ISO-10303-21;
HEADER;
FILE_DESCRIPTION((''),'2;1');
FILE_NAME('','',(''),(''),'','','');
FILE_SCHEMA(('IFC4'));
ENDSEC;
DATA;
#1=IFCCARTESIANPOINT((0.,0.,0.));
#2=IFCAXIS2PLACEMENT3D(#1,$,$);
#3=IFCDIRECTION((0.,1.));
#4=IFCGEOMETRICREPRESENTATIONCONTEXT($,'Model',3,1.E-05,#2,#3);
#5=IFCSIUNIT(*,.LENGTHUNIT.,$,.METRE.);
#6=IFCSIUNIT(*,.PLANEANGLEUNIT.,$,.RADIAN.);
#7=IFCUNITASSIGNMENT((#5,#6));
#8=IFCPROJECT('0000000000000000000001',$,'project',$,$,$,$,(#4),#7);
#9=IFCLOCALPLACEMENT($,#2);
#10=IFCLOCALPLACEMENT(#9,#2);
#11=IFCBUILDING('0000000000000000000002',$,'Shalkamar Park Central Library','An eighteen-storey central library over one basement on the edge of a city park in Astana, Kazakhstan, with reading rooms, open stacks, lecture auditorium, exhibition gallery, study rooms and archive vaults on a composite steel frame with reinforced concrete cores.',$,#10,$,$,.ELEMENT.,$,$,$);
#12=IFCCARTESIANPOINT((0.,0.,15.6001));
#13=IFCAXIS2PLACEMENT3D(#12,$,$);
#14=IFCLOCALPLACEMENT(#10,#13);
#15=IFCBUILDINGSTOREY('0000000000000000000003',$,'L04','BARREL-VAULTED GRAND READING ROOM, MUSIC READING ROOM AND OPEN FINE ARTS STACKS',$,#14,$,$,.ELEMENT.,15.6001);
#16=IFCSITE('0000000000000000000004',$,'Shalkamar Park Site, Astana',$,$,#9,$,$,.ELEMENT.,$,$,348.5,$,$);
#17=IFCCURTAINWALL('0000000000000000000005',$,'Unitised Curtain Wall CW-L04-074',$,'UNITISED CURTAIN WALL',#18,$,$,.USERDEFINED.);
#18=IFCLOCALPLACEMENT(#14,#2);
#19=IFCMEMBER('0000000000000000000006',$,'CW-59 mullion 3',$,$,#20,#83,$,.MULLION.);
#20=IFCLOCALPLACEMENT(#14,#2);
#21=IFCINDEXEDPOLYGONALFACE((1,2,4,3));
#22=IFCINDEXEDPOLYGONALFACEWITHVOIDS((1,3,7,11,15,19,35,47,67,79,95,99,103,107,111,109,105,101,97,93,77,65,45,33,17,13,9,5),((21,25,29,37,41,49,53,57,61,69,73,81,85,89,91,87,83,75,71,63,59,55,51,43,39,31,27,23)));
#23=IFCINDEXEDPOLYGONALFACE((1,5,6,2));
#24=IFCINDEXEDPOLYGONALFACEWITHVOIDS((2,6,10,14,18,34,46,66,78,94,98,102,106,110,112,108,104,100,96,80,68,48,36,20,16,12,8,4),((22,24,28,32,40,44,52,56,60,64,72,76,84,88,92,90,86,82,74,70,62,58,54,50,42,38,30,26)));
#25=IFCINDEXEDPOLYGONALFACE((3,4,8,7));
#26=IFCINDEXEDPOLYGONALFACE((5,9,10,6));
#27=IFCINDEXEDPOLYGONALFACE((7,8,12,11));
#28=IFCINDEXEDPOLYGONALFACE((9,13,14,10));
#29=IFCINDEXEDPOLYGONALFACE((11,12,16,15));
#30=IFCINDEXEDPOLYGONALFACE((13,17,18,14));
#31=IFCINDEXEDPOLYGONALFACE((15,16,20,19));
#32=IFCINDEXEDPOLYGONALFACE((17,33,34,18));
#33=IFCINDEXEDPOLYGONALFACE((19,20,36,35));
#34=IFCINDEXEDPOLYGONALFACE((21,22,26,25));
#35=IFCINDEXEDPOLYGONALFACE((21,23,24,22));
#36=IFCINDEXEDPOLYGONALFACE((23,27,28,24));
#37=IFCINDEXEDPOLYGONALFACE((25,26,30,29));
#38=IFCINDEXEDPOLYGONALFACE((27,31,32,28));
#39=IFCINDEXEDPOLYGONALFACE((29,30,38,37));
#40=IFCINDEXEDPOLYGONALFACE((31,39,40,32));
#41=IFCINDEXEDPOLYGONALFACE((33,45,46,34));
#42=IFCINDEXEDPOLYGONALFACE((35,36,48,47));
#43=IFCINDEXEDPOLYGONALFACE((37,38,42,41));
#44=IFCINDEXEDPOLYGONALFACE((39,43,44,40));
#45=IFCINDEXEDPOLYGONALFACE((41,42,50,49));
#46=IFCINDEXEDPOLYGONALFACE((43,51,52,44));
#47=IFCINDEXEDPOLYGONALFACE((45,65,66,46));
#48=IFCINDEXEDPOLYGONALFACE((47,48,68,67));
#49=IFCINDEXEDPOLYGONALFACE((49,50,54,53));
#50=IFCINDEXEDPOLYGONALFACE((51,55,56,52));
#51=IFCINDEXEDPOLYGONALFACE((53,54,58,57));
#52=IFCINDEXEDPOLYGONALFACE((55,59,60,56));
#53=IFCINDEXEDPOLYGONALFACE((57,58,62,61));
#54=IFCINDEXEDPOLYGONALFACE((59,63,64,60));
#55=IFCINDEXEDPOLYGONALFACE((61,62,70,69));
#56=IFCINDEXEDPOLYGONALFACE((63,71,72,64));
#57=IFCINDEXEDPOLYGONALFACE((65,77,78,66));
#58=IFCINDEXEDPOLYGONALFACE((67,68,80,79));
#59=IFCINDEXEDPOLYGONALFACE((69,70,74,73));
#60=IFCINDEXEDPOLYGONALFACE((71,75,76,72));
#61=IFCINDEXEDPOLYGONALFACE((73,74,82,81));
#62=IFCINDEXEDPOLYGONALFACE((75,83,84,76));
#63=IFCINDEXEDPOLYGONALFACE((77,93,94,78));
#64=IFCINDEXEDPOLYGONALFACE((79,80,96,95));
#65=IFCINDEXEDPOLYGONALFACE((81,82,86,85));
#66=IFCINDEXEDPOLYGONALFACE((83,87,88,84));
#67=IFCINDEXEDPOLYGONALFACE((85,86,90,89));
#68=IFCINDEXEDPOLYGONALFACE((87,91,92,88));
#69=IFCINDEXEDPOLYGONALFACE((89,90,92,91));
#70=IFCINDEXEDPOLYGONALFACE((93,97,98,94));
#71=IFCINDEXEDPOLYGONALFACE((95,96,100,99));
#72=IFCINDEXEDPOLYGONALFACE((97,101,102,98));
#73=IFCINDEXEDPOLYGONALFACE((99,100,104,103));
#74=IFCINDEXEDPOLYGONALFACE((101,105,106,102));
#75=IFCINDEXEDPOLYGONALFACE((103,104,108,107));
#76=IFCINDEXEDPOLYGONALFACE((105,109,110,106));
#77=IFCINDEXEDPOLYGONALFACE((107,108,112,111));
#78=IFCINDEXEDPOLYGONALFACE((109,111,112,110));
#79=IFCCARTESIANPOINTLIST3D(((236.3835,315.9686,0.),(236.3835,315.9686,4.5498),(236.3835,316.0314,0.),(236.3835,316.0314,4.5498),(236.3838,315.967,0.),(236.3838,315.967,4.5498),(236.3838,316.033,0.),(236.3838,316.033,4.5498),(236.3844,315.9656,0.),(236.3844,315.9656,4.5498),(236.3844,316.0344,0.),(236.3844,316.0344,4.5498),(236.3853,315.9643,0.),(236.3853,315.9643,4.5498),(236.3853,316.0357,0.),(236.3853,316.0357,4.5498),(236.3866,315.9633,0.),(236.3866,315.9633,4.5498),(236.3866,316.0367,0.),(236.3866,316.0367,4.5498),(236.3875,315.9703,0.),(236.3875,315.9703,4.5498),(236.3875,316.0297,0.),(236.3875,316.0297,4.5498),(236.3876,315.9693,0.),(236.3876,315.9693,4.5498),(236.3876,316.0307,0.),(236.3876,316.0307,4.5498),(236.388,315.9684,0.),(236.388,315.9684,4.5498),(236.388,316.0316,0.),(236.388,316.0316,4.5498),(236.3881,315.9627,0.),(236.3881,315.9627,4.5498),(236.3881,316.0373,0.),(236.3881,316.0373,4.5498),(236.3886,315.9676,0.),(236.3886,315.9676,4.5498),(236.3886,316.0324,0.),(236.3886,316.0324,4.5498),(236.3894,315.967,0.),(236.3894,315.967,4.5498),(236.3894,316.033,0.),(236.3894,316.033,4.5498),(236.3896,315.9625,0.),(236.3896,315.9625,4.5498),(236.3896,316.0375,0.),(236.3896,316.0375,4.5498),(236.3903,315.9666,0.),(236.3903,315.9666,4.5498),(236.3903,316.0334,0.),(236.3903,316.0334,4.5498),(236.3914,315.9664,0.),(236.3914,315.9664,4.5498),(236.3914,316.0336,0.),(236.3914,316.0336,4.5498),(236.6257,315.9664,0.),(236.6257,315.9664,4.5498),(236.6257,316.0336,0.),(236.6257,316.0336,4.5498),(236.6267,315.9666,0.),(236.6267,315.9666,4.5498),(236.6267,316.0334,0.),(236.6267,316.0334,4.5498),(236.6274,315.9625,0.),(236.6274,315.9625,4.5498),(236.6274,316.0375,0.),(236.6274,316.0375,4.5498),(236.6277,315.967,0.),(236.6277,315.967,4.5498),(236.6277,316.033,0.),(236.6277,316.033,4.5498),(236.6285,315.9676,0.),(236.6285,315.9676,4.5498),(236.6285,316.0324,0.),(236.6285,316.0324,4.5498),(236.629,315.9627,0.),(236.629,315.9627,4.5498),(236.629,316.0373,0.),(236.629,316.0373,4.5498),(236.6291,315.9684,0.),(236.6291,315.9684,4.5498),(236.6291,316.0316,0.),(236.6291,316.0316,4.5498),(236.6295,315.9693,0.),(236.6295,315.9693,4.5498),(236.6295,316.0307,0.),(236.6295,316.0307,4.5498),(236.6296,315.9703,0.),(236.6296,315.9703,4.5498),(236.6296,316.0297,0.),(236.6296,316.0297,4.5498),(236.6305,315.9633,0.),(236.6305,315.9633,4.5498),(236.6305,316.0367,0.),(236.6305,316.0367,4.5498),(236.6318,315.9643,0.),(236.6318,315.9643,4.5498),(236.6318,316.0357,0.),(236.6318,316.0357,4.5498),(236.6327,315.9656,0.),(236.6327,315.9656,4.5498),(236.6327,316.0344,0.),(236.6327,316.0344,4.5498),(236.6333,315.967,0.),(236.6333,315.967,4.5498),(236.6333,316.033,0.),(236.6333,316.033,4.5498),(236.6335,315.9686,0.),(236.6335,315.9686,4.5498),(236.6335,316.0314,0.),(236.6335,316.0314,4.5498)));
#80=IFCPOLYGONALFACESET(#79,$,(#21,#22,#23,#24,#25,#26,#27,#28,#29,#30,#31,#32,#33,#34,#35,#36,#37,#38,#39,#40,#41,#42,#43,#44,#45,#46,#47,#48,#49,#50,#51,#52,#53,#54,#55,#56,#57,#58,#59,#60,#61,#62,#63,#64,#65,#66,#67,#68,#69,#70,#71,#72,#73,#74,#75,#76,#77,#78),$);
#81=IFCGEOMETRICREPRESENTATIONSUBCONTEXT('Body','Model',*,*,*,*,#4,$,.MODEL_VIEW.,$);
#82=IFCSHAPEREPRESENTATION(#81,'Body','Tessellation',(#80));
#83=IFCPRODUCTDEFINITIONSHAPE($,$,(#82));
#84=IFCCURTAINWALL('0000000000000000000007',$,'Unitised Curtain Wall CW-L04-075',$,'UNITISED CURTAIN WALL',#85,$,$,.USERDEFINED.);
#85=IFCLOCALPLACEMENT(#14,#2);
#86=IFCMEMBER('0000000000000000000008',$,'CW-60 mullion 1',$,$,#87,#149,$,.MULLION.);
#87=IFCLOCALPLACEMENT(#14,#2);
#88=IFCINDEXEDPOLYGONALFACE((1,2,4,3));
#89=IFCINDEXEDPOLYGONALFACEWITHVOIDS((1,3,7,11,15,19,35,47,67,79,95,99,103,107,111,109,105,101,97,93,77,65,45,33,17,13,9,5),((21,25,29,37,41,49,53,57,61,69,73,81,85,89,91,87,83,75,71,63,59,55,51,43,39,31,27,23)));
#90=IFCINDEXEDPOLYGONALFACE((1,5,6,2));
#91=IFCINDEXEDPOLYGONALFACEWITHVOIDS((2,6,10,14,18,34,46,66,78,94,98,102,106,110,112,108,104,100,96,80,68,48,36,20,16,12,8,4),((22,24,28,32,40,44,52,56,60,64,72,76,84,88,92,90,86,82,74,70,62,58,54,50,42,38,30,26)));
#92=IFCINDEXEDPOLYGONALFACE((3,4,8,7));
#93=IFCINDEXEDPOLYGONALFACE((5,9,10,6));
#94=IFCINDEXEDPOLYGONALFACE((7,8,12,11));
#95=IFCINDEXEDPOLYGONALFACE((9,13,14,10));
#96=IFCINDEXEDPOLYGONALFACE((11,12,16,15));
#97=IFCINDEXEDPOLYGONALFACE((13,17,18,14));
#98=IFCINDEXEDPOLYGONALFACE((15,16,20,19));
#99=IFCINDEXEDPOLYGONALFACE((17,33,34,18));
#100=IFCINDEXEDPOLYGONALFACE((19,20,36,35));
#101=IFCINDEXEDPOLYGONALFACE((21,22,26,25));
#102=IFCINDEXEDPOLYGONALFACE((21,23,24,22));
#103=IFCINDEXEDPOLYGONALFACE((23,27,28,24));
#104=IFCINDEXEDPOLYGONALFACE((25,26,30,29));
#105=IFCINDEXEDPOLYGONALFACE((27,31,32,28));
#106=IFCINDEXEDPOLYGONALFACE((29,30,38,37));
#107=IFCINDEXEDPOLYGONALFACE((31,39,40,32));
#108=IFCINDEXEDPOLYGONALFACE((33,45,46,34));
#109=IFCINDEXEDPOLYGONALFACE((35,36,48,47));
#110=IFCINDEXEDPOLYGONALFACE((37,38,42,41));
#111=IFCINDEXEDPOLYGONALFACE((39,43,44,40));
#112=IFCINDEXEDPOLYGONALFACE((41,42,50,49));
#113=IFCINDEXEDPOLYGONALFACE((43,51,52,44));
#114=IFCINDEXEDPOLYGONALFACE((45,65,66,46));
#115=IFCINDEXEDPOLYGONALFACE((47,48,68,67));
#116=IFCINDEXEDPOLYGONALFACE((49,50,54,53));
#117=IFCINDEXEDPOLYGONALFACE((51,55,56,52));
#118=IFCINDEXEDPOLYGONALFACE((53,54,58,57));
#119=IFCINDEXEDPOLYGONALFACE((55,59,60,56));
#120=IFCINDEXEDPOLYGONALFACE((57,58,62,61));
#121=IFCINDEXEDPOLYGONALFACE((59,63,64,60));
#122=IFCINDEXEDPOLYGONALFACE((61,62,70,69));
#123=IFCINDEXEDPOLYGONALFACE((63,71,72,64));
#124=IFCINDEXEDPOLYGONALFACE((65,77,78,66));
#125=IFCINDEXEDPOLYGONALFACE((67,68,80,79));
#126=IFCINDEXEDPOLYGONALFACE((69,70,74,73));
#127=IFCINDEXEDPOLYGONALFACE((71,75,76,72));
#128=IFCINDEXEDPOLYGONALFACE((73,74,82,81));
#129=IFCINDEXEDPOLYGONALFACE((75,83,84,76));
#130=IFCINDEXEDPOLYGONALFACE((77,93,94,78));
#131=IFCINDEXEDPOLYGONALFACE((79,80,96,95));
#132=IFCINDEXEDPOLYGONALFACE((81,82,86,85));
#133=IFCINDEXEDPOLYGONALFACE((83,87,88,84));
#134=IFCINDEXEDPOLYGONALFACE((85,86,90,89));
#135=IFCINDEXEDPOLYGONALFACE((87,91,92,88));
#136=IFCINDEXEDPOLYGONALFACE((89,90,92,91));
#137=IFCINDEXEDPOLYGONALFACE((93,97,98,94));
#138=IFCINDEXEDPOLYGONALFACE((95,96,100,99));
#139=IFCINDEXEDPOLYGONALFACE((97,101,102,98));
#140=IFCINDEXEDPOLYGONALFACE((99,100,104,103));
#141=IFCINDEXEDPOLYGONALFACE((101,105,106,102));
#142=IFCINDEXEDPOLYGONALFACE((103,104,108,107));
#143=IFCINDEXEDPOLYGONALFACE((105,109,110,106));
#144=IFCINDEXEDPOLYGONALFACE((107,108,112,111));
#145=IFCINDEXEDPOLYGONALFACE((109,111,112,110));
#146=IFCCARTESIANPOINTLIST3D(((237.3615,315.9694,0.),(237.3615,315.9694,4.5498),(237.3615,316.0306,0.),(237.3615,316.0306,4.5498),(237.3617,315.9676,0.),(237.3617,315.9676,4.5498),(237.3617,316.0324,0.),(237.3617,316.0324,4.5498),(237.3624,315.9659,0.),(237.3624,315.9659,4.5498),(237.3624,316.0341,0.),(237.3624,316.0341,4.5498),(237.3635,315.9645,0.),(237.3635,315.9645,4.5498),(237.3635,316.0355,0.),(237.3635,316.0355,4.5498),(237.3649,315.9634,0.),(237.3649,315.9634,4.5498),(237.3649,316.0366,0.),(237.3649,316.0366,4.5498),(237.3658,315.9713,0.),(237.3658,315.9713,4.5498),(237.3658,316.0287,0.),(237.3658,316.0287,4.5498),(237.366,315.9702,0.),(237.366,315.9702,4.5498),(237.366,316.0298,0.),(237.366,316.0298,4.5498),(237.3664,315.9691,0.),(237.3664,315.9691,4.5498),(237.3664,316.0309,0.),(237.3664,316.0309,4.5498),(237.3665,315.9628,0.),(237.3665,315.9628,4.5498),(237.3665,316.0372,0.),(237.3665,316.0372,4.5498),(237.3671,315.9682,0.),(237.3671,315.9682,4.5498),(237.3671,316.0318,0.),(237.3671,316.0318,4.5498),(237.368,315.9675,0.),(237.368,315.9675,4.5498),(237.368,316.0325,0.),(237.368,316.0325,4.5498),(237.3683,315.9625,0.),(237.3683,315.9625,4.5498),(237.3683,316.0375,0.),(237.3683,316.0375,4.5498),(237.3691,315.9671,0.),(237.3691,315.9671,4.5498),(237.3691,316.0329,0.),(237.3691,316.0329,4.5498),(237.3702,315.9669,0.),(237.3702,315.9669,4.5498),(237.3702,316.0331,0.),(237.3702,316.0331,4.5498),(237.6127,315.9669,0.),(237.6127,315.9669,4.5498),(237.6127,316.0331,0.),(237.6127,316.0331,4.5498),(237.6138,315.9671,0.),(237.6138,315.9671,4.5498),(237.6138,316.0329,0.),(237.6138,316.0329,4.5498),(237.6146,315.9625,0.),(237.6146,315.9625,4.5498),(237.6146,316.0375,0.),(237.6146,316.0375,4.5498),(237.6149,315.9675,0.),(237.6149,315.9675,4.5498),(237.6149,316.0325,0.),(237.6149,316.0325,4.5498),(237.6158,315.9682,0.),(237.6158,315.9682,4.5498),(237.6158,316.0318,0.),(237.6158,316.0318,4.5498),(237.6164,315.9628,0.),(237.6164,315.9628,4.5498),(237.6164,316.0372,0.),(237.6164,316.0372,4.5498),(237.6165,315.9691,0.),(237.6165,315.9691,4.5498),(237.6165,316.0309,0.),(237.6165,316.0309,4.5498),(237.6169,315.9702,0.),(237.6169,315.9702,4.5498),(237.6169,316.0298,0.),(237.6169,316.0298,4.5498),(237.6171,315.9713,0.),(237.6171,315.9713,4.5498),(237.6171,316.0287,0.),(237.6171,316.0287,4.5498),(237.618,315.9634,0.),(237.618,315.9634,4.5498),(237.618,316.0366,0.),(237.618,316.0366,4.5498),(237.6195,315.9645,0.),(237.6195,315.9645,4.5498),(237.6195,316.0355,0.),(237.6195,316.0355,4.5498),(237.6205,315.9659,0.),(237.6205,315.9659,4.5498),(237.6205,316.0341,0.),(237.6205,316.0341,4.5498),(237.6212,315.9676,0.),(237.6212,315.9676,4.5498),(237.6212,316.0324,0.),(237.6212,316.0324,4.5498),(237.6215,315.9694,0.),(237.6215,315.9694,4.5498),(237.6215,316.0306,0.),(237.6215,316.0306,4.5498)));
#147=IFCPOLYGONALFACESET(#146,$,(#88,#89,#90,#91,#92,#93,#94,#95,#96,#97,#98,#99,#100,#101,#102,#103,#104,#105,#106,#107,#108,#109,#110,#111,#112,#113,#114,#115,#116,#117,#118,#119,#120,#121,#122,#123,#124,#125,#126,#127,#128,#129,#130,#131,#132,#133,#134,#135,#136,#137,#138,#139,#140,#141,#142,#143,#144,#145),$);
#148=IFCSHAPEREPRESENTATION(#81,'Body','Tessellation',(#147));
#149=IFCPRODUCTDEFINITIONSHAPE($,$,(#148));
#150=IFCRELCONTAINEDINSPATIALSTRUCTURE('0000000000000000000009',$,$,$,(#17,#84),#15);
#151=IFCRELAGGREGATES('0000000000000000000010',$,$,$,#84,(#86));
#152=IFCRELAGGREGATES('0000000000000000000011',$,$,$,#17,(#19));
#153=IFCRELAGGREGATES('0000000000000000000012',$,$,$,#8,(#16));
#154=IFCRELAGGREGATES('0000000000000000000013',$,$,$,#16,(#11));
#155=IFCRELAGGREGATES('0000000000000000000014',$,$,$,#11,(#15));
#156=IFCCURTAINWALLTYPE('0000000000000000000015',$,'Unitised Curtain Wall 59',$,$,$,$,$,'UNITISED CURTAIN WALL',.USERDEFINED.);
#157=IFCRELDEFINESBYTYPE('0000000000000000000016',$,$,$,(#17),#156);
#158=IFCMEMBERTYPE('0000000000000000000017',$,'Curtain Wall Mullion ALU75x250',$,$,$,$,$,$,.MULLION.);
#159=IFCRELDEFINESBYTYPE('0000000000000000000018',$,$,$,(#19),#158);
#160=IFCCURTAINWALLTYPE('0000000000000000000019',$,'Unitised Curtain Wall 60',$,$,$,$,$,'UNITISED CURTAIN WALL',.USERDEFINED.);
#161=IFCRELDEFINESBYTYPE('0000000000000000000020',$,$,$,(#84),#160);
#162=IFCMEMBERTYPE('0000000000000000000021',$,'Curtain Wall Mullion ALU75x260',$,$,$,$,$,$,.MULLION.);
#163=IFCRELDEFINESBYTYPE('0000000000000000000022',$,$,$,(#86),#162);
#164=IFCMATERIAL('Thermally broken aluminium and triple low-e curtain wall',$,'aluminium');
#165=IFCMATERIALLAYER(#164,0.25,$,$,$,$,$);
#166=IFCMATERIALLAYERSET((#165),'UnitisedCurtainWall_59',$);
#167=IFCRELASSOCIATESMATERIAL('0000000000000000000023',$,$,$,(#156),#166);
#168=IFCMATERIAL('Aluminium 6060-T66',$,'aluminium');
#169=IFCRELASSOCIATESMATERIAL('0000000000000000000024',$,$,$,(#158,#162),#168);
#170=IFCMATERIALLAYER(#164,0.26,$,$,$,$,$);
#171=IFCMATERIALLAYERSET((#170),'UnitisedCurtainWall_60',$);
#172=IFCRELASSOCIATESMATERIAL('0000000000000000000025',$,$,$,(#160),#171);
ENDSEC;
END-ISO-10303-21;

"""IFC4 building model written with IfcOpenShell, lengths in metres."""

from ifc_helpers import new_model, si_unit, direction, frame, origin, origin_2d, place, context, subcontext, project, spatial, hollow_rectangle, extrude, material, layer, layer_set, material_profile, profile_set, type_object, element, aggregate, save


model = new_model("IFC4")

# Units and contexts
model_context = context("Model", 3, precision=1e-05, world=origin(), true_north=direction((0.0, 1.0)))
body_context = subcontext(model_context, "Body", "Model", "MODEL_VIEW")
ifc_project = project(units=[si_unit("LENGTHUNIT", "METRE"), si_unit("PLANEANGLEUNIT", "RADIAN")], contexts=[model_context])

# Site, building, storey
site_placement = place(None, origin())
site = spatial("IfcSite", under=ifc_project, at=site_placement, Name="Shalkamar Park Site, Astana", CompositionType="ELEMENT", RefElevation=348.5)
building_placement = place(site_placement, origin())
building = spatial("IfcBuilding", under=site, at=building_placement, Name="Shalkamar Park Central Library", Description="An eighteen-storey central library over one basement on the edge of a city park in Astana, Kazakhstan, with reading rooms, open stacks, lecture auditorium, exhibition gallery, study rooms and archive vaults on a composite steel frame with reinforced concrete cores.", CompositionType="ELEMENT")
storey_placement = place(building_placement, frame((0.0, 0.0, 15.6001)))
storey = spatial("IfcBuildingStorey", under=building, at=storey_placement, Name="L04", Description="BARREL-VAULTED GRAND READING ROOM, MUSIC READING ROOM AND OPEN FINE ARTS STACKS", CompositionType="ELEMENT", Elevation=15.6001)

# Curtain wall, member
ifc_material_1 = material(Name="Thermally broken aluminium and triple low-e curtain wall", Category="aluminium")
ifc_layer_1 = layer(ifc_material_1, 0.25)
ifc_layer_set_1 = layer_set([ifc_layer_1], Name="UnitisedCurtainWall_59")
curtain_wall_type_1 = type_object("IfcCurtainWallType", Name="Unitised Curtain Wall 59", ElementType="UNITISED CURTAIN WALL", PredefinedType="USERDEFINED", material=ifc_layer_set_1)
curtain_wall_1_placement = place(storey_placement, origin())
curtain_wall_1 = element("IfcCurtainWall", 1, at=curtain_wall_1_placement, inside=storey, type_object=curtain_wall_type_1, Name="Unitised Curtain Wall CW-L04-074", ObjectType="UNITISED CURTAIN WALL", PredefinedType="USERDEFINED")
ifc_material_2 = material(Name="Aluminium 6060-T66", Category="aluminium")
ifc_material_profile_1 = material_profile(ifc_material_2, hollow_rectangle(XDim=0.075, YDim=0.25, WallThickness=0.0039, InnerFilletRadius=0.0039, OuterFilletRadius=0.0061, at=origin_2d()), Name="ALU 75x250x4")
ifc_profile_set_1 = profile_set([ifc_material_profile_1], Name="Aluminium 6060-T66")
member_type_1 = type_object("IfcMemberType", Name="Curtain Wall Mullion ALU75x250", PredefinedType="MULLION", material=ifc_profile_set_1)
member_1_placement = place(storey_placement, frame((236.5085, 316.0, 0.0), z_axis=(0.0, 0.0, 1.0), x_axis=(0.0, 1.0, 0.0)))
member_1 = element("IfcMember", 2, at=member_1_placement, type_object=member_type_1, Name="CW-59 mullion 3", PredefinedType="MULLION", context=body_context, shape_type="SweptSolid", body=[
    extrude(hollow_rectangle(XDim=0.075, YDim=0.25, WallThickness=0.0039, InnerFilletRadius=0.0039, OuterFilletRadius=0.0061, at=origin_2d()), origin(), (0.0, 0.0, 1.0), 4.5498),
])

# Curtain wall, member
ifc_layer_2 = layer(ifc_material_1, 0.26)
ifc_layer_set_2 = layer_set([ifc_layer_2], Name="UnitisedCurtainWall_60")
curtain_wall_type_2 = type_object("IfcCurtainWallType", Name="Unitised Curtain Wall 60", ElementType="UNITISED CURTAIN WALL", PredefinedType="USERDEFINED", material=ifc_layer_set_2)
curtain_wall_2_placement = place(storey_placement, origin())
curtain_wall_2 = element("IfcCurtainWall", 3, at=curtain_wall_2_placement, inside=storey, type_object=curtain_wall_type_2, Name="Unitised Curtain Wall CW-L04-075", ObjectType="UNITISED CURTAIN WALL", PredefinedType="USERDEFINED")
ifc_material_profile_2 = material_profile(ifc_material_2, hollow_rectangle(XDim=0.075, YDim=0.26, WallThickness=0.0044, InnerFilletRadius=0.0044, OuterFilletRadius=0.0068, at=origin_2d()), Name="ALU 75x260x4.5")
ifc_profile_set_2 = profile_set([ifc_material_profile_2], Name="Aluminium 6060-T66")
member_type_2 = type_object("IfcMemberType", Name="Curtain Wall Mullion ALU75x260", PredefinedType="MULLION", material=ifc_profile_set_2)
member_2_placement = place(storey_placement, frame((237.4915, 316.0, 0.0), z_axis=(0.0, 0.0, 1.0), x_axis=(0.0, 1.0, 0.0)))
member_2 = element("IfcMember", 4, at=member_2_placement, type_object=member_type_2, Name="CW-60 mullion 1", PredefinedType="MULLION", context=body_context, shape_type="SweptSolid", body=[
    extrude(hollow_rectangle(XDim=0.075, YDim=0.26, WallThickness=0.0044, InnerFilletRadius=0.0044, OuterFilletRadius=0.0068, at=origin_2d()), origin(), (0.0, 0.0, 1.0), 4.5498),
])

aggregate(curtain_wall_2, [member_2])

aggregate(curtain_wall_1, [member_1])

save(model, "model.ifc")
